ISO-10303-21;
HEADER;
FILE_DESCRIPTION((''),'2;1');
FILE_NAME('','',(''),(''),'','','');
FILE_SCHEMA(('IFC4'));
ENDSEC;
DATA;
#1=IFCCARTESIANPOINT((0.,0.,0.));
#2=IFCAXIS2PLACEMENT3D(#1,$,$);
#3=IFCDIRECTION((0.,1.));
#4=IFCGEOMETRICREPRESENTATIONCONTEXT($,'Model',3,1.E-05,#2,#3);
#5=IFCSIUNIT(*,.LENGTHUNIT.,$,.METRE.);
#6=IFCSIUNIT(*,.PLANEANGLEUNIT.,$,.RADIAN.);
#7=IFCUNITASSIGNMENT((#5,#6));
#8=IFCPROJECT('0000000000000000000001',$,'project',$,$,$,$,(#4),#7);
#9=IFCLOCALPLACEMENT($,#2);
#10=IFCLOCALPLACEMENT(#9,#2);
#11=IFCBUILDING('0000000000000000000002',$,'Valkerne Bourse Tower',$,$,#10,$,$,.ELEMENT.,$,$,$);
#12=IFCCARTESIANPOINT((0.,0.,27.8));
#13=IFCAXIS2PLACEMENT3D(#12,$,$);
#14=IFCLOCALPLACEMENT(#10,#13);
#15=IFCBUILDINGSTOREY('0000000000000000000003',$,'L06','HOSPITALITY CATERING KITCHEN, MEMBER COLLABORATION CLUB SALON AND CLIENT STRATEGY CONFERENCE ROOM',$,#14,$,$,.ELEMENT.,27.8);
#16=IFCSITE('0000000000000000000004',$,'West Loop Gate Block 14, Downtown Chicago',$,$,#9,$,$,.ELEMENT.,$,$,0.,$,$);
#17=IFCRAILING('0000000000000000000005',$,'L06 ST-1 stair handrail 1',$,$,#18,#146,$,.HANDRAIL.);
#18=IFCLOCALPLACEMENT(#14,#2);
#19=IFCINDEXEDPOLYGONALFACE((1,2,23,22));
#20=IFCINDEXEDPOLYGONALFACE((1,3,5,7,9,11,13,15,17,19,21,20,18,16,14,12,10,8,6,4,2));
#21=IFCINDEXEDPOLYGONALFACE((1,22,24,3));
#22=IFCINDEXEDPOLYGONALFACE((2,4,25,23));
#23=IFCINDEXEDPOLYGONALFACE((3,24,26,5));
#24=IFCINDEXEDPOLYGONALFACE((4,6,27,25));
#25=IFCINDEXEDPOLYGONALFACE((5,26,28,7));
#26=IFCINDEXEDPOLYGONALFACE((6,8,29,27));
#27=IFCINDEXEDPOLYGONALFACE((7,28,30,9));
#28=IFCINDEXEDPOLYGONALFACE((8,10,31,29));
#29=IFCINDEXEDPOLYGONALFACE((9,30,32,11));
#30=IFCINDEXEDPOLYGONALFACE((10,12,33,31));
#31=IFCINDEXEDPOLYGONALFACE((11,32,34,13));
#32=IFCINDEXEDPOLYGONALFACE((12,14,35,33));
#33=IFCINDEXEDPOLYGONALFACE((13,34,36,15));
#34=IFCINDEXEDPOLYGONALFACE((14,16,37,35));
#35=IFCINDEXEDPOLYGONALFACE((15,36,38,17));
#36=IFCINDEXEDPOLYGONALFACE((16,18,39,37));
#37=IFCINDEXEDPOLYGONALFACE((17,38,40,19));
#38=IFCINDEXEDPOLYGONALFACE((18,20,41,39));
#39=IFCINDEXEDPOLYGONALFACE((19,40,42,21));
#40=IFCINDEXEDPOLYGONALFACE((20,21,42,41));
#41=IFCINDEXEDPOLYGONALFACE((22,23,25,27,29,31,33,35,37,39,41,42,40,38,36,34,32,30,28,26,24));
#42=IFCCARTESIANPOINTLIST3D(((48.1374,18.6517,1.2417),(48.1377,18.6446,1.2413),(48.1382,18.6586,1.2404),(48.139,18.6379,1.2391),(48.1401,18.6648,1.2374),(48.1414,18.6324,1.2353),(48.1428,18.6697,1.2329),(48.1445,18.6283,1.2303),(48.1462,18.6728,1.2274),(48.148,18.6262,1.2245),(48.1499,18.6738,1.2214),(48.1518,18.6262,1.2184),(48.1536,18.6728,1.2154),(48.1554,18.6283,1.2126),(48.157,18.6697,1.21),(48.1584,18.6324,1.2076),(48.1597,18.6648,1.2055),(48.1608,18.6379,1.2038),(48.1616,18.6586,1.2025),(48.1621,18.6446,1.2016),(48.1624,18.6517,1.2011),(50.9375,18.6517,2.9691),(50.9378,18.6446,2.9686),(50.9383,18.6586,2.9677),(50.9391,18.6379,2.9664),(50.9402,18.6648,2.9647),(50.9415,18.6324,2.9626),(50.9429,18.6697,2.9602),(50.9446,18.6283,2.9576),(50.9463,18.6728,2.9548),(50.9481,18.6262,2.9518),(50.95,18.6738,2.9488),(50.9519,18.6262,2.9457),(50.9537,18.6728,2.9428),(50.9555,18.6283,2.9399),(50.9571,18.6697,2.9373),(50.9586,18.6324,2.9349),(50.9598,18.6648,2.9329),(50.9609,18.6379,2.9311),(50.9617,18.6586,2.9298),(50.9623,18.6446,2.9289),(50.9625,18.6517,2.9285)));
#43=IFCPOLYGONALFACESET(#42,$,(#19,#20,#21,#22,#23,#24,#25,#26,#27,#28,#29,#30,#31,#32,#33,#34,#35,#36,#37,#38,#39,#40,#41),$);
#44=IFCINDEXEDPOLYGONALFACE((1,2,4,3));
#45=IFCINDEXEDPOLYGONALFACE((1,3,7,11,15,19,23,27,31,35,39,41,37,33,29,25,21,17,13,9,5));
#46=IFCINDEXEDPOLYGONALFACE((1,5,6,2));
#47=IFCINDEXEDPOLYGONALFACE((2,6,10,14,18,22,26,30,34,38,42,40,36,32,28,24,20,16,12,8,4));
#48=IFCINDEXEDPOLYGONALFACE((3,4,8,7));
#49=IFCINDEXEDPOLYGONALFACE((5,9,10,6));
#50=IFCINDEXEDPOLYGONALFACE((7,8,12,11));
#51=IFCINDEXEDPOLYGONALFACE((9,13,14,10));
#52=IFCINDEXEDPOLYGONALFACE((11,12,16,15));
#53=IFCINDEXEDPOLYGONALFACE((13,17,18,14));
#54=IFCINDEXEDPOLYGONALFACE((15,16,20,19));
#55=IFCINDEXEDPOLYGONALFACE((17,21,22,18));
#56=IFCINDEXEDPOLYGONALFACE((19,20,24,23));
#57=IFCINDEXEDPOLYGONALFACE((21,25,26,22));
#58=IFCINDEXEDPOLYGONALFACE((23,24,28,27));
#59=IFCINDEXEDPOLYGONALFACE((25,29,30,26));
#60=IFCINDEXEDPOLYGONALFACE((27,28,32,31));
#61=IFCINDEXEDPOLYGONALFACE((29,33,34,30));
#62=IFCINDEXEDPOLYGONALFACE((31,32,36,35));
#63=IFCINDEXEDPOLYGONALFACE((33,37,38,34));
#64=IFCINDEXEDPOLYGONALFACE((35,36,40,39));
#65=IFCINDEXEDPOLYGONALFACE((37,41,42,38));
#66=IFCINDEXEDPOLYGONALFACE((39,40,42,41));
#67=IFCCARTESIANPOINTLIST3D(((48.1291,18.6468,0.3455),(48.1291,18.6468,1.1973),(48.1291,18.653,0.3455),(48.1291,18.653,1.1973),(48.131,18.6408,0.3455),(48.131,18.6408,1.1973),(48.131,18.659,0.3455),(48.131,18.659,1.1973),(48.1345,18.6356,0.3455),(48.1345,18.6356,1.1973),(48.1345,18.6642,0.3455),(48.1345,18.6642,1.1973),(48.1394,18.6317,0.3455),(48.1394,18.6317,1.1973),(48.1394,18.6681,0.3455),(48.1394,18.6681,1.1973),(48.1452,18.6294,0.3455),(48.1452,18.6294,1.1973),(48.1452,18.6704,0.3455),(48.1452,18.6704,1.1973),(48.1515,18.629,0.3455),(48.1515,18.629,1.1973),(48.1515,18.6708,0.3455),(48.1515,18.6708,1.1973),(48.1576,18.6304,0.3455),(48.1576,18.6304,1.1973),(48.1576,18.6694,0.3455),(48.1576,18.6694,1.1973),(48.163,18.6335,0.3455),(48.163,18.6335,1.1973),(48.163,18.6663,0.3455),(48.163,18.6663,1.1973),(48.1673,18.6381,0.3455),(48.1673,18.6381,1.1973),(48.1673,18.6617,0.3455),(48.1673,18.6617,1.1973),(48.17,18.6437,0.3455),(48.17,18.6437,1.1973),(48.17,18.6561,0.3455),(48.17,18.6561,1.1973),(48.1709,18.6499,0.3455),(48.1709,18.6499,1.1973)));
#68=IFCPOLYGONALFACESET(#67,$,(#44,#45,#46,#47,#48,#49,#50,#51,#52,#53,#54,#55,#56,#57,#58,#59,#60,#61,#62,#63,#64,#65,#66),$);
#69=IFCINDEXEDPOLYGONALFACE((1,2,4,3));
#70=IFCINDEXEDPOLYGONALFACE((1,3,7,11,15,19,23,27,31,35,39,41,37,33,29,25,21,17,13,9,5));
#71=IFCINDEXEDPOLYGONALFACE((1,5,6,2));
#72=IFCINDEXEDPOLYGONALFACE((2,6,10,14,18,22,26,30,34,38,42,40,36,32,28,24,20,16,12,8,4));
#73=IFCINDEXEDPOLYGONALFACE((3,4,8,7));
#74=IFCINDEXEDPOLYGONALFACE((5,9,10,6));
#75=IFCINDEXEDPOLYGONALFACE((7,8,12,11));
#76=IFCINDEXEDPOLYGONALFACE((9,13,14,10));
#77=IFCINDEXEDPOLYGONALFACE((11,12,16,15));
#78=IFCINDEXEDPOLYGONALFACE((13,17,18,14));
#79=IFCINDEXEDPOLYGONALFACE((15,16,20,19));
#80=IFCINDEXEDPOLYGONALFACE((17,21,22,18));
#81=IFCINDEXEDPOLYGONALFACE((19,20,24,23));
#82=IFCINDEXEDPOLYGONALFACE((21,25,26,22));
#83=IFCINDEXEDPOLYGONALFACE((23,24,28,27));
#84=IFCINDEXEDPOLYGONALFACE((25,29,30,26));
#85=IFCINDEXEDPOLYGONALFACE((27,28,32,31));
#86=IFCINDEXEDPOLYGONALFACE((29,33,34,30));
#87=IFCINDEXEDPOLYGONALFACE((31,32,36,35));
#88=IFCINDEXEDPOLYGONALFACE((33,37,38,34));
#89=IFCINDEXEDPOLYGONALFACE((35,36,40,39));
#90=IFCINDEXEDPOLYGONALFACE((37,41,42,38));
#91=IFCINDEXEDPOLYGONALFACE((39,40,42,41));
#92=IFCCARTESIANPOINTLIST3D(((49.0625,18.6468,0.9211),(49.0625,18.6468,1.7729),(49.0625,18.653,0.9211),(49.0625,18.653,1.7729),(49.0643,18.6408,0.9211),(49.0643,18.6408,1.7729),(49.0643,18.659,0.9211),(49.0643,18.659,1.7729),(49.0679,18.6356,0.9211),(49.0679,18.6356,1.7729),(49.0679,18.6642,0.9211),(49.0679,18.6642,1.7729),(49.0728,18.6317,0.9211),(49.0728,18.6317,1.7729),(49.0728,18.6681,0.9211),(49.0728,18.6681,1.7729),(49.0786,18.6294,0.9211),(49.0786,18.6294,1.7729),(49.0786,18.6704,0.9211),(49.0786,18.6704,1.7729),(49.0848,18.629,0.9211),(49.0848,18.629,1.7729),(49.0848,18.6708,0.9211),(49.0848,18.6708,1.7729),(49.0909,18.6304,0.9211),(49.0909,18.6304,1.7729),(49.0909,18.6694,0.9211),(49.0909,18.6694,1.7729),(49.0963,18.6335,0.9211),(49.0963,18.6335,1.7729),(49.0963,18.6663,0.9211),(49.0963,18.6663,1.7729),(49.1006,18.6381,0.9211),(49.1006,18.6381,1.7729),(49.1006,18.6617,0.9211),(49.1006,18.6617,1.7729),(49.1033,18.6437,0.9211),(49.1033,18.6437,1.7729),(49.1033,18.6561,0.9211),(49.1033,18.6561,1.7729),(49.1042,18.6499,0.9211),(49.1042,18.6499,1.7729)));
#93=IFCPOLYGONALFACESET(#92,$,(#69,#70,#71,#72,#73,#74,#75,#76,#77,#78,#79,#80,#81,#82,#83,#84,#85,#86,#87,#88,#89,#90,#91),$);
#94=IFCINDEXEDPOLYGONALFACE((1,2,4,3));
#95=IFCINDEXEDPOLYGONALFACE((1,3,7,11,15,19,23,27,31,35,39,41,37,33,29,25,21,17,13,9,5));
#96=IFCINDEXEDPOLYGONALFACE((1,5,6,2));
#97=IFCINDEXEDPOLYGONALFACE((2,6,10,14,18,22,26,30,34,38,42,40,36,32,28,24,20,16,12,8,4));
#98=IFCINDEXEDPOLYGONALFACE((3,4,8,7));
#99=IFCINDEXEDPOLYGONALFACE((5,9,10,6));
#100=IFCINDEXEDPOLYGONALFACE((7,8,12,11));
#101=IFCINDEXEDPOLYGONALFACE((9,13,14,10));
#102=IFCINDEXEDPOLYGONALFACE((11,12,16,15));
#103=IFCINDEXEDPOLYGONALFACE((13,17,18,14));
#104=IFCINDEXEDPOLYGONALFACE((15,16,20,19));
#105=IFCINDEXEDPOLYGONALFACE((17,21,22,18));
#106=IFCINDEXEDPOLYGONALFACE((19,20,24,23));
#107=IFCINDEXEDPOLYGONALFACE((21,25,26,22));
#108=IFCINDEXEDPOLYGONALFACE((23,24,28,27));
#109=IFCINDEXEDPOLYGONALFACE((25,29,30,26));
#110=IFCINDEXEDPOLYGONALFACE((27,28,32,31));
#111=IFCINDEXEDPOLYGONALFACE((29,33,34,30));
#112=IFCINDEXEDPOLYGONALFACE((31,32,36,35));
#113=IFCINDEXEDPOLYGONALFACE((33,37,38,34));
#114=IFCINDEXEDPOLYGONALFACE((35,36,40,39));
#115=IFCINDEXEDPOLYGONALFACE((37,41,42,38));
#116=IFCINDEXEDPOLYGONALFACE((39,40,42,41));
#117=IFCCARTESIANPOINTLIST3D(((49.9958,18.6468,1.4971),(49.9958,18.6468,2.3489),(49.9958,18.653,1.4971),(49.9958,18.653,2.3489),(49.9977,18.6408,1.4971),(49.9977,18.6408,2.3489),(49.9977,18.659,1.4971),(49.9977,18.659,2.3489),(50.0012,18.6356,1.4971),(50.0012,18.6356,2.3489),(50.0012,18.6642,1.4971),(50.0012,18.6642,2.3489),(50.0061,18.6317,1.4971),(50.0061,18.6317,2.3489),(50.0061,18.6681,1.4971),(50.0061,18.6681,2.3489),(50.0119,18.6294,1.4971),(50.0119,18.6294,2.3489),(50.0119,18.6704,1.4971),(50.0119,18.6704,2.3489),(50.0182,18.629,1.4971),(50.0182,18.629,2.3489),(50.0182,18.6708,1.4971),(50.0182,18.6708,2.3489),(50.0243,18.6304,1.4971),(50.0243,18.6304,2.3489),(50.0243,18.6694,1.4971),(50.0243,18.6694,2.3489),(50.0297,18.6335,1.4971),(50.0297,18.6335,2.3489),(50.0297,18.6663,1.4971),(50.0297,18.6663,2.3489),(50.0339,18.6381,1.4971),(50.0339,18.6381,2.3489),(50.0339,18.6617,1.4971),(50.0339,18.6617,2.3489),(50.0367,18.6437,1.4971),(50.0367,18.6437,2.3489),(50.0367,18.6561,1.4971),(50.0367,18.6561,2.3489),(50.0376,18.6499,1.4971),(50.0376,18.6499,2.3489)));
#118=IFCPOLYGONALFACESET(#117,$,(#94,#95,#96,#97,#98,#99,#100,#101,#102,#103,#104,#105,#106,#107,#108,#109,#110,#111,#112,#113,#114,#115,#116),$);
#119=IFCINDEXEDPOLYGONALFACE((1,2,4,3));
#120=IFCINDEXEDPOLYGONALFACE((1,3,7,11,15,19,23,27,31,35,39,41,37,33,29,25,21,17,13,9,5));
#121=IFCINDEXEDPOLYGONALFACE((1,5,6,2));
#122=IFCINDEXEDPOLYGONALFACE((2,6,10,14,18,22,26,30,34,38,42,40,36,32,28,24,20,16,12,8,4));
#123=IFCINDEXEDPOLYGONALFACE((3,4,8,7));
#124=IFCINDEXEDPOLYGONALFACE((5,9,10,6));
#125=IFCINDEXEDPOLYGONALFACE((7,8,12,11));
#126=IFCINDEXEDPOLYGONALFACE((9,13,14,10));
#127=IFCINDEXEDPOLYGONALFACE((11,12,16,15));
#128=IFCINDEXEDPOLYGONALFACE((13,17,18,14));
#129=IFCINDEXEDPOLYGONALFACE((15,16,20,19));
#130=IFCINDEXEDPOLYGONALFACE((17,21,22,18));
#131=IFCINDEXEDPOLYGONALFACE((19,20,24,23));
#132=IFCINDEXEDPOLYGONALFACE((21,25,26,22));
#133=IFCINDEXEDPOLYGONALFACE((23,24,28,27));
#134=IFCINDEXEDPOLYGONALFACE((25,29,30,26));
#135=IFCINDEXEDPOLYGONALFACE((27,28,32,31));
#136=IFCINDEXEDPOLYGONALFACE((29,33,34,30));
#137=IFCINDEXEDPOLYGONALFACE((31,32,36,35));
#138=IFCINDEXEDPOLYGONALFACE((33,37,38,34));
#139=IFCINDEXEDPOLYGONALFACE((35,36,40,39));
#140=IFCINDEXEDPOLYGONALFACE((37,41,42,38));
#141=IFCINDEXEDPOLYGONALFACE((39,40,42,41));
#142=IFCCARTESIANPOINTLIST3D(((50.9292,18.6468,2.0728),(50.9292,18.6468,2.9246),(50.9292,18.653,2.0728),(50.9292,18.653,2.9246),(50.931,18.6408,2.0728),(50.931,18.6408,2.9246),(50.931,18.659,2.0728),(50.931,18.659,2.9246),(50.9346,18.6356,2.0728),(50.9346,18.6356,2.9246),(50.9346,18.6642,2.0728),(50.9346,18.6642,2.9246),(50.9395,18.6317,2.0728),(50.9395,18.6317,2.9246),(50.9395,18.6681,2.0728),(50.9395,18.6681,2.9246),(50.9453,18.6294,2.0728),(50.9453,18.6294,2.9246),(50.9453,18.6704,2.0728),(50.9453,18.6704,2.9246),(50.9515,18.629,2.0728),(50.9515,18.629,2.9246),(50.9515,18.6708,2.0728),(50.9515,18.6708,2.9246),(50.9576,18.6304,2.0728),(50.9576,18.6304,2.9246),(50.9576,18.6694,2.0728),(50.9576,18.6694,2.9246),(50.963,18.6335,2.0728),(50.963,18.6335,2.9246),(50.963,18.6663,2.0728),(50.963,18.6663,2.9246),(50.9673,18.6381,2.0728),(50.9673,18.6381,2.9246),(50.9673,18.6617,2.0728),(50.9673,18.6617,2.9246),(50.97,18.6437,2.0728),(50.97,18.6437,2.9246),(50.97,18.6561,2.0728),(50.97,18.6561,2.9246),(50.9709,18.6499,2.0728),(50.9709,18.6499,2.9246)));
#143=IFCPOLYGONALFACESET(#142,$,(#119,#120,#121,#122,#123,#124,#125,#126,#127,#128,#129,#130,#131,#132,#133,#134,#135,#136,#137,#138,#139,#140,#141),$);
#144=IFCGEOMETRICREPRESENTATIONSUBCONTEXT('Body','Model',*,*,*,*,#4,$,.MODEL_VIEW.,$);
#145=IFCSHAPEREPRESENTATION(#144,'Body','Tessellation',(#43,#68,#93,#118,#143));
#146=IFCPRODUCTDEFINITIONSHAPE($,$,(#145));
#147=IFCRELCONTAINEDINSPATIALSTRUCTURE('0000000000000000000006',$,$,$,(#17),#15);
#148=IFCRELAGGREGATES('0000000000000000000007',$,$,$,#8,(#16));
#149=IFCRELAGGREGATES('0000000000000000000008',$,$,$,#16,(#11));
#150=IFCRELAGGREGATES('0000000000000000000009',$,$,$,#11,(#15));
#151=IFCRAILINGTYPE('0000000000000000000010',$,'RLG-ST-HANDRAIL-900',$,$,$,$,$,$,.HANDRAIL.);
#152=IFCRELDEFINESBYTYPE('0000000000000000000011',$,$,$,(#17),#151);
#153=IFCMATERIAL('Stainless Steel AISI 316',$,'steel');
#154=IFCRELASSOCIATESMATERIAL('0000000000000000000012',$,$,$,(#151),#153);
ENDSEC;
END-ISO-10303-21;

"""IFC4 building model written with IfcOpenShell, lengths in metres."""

from ifc_helpers import new_model, si_unit, direction, frame, origin, origin_2d, place, context, subcontext, project, spatial, circle, extrude, material, type_object, element, save


model = new_model("IFC4")

# Units and contexts
model_context = context("Model", 3, precision=1e-05, world=origin(), true_north=direction((0.0, 1.0)))
body_context = subcontext(model_context, "Body", "Model", "MODEL_VIEW")
ifc_project = project(units=[si_unit("LENGTHUNIT", "METRE"), si_unit("PLANEANGLEUNIT", "RADIAN")], contexts=[model_context])

# Site, building, storey
site_placement = place(None, origin())
site = spatial("IfcSite", under=ifc_project, at=site_placement, Name="West Loop Gate Block 14, Downtown Chicago", CompositionType="ELEMENT", RefElevation=0.0)
building_placement = place(site_placement, origin())
building = spatial("IfcBuilding", under=site, at=building_placement, Name="Valkerne Bourse Tower", CompositionType="ELEMENT")
storey_placement = place(building_placement, frame((0.0, 0.0, 27.8)))
storey = spatial("IfcBuildingStorey", under=building, at=storey_placement, Name="L06", Description="HOSPITALITY CATERING KITCHEN, MEMBER COLLABORATION CLUB SALON AND CLIENT STRATEGY CONFERENCE ROOM", CompositionType="ELEMENT", Elevation=27.8)

# Shared definitions
ifc_material_1 = material(Name="Stainless Steel AISI 316", Category="steel")

# Railing
railing_type_1 = type_object("IfcRailingType", Name="RLG-ST-HANDRAIL-900", PredefinedType="HANDRAIL", material=ifc_material_1)
railing_1_placement = place(storey_placement, frame((48.1499, 18.6499, 0.3455)))
element("IfcRailing", 1, at=railing_1_placement, inside=storey, type_object=railing_type_1, Name="L06 ST-1 stair handrail 1", PredefinedType="HANDRAIL", context=body_context, shape_type="SweptSolid", body=[
    extrude(circle(Radius=0.0239, at=origin_2d()), frame((0.0, 0.0, 0.876), z_axis=(0.85109, 0.0, 0.52502), x_axis=(0.0, 1.0, 0.0)), (0.0, 0.0, 1.0), 3.29),
    extrude(circle(Radius=0.021, at=origin_2d()), origin(), (0.0, 0.0, 1.0), 0.8518),
    extrude(circle(Radius=0.021, at=origin_2d()), frame((0.9333, 0.0, 0.5757)), (0.0, 0.0, 1.0), 0.8518),
    extrude(circle(Radius=0.021, at=origin_2d()), frame((1.8667, 0.0, 1.1516)), (0.0, 0.0, 1.0), 0.8518),
    extrude(circle(Radius=0.021, at=origin_2d()), frame((2.8, 0.0, 1.7273)), (0.0, 0.0, 1.0), 0.8518),
])

save(model, "model.ifc")
